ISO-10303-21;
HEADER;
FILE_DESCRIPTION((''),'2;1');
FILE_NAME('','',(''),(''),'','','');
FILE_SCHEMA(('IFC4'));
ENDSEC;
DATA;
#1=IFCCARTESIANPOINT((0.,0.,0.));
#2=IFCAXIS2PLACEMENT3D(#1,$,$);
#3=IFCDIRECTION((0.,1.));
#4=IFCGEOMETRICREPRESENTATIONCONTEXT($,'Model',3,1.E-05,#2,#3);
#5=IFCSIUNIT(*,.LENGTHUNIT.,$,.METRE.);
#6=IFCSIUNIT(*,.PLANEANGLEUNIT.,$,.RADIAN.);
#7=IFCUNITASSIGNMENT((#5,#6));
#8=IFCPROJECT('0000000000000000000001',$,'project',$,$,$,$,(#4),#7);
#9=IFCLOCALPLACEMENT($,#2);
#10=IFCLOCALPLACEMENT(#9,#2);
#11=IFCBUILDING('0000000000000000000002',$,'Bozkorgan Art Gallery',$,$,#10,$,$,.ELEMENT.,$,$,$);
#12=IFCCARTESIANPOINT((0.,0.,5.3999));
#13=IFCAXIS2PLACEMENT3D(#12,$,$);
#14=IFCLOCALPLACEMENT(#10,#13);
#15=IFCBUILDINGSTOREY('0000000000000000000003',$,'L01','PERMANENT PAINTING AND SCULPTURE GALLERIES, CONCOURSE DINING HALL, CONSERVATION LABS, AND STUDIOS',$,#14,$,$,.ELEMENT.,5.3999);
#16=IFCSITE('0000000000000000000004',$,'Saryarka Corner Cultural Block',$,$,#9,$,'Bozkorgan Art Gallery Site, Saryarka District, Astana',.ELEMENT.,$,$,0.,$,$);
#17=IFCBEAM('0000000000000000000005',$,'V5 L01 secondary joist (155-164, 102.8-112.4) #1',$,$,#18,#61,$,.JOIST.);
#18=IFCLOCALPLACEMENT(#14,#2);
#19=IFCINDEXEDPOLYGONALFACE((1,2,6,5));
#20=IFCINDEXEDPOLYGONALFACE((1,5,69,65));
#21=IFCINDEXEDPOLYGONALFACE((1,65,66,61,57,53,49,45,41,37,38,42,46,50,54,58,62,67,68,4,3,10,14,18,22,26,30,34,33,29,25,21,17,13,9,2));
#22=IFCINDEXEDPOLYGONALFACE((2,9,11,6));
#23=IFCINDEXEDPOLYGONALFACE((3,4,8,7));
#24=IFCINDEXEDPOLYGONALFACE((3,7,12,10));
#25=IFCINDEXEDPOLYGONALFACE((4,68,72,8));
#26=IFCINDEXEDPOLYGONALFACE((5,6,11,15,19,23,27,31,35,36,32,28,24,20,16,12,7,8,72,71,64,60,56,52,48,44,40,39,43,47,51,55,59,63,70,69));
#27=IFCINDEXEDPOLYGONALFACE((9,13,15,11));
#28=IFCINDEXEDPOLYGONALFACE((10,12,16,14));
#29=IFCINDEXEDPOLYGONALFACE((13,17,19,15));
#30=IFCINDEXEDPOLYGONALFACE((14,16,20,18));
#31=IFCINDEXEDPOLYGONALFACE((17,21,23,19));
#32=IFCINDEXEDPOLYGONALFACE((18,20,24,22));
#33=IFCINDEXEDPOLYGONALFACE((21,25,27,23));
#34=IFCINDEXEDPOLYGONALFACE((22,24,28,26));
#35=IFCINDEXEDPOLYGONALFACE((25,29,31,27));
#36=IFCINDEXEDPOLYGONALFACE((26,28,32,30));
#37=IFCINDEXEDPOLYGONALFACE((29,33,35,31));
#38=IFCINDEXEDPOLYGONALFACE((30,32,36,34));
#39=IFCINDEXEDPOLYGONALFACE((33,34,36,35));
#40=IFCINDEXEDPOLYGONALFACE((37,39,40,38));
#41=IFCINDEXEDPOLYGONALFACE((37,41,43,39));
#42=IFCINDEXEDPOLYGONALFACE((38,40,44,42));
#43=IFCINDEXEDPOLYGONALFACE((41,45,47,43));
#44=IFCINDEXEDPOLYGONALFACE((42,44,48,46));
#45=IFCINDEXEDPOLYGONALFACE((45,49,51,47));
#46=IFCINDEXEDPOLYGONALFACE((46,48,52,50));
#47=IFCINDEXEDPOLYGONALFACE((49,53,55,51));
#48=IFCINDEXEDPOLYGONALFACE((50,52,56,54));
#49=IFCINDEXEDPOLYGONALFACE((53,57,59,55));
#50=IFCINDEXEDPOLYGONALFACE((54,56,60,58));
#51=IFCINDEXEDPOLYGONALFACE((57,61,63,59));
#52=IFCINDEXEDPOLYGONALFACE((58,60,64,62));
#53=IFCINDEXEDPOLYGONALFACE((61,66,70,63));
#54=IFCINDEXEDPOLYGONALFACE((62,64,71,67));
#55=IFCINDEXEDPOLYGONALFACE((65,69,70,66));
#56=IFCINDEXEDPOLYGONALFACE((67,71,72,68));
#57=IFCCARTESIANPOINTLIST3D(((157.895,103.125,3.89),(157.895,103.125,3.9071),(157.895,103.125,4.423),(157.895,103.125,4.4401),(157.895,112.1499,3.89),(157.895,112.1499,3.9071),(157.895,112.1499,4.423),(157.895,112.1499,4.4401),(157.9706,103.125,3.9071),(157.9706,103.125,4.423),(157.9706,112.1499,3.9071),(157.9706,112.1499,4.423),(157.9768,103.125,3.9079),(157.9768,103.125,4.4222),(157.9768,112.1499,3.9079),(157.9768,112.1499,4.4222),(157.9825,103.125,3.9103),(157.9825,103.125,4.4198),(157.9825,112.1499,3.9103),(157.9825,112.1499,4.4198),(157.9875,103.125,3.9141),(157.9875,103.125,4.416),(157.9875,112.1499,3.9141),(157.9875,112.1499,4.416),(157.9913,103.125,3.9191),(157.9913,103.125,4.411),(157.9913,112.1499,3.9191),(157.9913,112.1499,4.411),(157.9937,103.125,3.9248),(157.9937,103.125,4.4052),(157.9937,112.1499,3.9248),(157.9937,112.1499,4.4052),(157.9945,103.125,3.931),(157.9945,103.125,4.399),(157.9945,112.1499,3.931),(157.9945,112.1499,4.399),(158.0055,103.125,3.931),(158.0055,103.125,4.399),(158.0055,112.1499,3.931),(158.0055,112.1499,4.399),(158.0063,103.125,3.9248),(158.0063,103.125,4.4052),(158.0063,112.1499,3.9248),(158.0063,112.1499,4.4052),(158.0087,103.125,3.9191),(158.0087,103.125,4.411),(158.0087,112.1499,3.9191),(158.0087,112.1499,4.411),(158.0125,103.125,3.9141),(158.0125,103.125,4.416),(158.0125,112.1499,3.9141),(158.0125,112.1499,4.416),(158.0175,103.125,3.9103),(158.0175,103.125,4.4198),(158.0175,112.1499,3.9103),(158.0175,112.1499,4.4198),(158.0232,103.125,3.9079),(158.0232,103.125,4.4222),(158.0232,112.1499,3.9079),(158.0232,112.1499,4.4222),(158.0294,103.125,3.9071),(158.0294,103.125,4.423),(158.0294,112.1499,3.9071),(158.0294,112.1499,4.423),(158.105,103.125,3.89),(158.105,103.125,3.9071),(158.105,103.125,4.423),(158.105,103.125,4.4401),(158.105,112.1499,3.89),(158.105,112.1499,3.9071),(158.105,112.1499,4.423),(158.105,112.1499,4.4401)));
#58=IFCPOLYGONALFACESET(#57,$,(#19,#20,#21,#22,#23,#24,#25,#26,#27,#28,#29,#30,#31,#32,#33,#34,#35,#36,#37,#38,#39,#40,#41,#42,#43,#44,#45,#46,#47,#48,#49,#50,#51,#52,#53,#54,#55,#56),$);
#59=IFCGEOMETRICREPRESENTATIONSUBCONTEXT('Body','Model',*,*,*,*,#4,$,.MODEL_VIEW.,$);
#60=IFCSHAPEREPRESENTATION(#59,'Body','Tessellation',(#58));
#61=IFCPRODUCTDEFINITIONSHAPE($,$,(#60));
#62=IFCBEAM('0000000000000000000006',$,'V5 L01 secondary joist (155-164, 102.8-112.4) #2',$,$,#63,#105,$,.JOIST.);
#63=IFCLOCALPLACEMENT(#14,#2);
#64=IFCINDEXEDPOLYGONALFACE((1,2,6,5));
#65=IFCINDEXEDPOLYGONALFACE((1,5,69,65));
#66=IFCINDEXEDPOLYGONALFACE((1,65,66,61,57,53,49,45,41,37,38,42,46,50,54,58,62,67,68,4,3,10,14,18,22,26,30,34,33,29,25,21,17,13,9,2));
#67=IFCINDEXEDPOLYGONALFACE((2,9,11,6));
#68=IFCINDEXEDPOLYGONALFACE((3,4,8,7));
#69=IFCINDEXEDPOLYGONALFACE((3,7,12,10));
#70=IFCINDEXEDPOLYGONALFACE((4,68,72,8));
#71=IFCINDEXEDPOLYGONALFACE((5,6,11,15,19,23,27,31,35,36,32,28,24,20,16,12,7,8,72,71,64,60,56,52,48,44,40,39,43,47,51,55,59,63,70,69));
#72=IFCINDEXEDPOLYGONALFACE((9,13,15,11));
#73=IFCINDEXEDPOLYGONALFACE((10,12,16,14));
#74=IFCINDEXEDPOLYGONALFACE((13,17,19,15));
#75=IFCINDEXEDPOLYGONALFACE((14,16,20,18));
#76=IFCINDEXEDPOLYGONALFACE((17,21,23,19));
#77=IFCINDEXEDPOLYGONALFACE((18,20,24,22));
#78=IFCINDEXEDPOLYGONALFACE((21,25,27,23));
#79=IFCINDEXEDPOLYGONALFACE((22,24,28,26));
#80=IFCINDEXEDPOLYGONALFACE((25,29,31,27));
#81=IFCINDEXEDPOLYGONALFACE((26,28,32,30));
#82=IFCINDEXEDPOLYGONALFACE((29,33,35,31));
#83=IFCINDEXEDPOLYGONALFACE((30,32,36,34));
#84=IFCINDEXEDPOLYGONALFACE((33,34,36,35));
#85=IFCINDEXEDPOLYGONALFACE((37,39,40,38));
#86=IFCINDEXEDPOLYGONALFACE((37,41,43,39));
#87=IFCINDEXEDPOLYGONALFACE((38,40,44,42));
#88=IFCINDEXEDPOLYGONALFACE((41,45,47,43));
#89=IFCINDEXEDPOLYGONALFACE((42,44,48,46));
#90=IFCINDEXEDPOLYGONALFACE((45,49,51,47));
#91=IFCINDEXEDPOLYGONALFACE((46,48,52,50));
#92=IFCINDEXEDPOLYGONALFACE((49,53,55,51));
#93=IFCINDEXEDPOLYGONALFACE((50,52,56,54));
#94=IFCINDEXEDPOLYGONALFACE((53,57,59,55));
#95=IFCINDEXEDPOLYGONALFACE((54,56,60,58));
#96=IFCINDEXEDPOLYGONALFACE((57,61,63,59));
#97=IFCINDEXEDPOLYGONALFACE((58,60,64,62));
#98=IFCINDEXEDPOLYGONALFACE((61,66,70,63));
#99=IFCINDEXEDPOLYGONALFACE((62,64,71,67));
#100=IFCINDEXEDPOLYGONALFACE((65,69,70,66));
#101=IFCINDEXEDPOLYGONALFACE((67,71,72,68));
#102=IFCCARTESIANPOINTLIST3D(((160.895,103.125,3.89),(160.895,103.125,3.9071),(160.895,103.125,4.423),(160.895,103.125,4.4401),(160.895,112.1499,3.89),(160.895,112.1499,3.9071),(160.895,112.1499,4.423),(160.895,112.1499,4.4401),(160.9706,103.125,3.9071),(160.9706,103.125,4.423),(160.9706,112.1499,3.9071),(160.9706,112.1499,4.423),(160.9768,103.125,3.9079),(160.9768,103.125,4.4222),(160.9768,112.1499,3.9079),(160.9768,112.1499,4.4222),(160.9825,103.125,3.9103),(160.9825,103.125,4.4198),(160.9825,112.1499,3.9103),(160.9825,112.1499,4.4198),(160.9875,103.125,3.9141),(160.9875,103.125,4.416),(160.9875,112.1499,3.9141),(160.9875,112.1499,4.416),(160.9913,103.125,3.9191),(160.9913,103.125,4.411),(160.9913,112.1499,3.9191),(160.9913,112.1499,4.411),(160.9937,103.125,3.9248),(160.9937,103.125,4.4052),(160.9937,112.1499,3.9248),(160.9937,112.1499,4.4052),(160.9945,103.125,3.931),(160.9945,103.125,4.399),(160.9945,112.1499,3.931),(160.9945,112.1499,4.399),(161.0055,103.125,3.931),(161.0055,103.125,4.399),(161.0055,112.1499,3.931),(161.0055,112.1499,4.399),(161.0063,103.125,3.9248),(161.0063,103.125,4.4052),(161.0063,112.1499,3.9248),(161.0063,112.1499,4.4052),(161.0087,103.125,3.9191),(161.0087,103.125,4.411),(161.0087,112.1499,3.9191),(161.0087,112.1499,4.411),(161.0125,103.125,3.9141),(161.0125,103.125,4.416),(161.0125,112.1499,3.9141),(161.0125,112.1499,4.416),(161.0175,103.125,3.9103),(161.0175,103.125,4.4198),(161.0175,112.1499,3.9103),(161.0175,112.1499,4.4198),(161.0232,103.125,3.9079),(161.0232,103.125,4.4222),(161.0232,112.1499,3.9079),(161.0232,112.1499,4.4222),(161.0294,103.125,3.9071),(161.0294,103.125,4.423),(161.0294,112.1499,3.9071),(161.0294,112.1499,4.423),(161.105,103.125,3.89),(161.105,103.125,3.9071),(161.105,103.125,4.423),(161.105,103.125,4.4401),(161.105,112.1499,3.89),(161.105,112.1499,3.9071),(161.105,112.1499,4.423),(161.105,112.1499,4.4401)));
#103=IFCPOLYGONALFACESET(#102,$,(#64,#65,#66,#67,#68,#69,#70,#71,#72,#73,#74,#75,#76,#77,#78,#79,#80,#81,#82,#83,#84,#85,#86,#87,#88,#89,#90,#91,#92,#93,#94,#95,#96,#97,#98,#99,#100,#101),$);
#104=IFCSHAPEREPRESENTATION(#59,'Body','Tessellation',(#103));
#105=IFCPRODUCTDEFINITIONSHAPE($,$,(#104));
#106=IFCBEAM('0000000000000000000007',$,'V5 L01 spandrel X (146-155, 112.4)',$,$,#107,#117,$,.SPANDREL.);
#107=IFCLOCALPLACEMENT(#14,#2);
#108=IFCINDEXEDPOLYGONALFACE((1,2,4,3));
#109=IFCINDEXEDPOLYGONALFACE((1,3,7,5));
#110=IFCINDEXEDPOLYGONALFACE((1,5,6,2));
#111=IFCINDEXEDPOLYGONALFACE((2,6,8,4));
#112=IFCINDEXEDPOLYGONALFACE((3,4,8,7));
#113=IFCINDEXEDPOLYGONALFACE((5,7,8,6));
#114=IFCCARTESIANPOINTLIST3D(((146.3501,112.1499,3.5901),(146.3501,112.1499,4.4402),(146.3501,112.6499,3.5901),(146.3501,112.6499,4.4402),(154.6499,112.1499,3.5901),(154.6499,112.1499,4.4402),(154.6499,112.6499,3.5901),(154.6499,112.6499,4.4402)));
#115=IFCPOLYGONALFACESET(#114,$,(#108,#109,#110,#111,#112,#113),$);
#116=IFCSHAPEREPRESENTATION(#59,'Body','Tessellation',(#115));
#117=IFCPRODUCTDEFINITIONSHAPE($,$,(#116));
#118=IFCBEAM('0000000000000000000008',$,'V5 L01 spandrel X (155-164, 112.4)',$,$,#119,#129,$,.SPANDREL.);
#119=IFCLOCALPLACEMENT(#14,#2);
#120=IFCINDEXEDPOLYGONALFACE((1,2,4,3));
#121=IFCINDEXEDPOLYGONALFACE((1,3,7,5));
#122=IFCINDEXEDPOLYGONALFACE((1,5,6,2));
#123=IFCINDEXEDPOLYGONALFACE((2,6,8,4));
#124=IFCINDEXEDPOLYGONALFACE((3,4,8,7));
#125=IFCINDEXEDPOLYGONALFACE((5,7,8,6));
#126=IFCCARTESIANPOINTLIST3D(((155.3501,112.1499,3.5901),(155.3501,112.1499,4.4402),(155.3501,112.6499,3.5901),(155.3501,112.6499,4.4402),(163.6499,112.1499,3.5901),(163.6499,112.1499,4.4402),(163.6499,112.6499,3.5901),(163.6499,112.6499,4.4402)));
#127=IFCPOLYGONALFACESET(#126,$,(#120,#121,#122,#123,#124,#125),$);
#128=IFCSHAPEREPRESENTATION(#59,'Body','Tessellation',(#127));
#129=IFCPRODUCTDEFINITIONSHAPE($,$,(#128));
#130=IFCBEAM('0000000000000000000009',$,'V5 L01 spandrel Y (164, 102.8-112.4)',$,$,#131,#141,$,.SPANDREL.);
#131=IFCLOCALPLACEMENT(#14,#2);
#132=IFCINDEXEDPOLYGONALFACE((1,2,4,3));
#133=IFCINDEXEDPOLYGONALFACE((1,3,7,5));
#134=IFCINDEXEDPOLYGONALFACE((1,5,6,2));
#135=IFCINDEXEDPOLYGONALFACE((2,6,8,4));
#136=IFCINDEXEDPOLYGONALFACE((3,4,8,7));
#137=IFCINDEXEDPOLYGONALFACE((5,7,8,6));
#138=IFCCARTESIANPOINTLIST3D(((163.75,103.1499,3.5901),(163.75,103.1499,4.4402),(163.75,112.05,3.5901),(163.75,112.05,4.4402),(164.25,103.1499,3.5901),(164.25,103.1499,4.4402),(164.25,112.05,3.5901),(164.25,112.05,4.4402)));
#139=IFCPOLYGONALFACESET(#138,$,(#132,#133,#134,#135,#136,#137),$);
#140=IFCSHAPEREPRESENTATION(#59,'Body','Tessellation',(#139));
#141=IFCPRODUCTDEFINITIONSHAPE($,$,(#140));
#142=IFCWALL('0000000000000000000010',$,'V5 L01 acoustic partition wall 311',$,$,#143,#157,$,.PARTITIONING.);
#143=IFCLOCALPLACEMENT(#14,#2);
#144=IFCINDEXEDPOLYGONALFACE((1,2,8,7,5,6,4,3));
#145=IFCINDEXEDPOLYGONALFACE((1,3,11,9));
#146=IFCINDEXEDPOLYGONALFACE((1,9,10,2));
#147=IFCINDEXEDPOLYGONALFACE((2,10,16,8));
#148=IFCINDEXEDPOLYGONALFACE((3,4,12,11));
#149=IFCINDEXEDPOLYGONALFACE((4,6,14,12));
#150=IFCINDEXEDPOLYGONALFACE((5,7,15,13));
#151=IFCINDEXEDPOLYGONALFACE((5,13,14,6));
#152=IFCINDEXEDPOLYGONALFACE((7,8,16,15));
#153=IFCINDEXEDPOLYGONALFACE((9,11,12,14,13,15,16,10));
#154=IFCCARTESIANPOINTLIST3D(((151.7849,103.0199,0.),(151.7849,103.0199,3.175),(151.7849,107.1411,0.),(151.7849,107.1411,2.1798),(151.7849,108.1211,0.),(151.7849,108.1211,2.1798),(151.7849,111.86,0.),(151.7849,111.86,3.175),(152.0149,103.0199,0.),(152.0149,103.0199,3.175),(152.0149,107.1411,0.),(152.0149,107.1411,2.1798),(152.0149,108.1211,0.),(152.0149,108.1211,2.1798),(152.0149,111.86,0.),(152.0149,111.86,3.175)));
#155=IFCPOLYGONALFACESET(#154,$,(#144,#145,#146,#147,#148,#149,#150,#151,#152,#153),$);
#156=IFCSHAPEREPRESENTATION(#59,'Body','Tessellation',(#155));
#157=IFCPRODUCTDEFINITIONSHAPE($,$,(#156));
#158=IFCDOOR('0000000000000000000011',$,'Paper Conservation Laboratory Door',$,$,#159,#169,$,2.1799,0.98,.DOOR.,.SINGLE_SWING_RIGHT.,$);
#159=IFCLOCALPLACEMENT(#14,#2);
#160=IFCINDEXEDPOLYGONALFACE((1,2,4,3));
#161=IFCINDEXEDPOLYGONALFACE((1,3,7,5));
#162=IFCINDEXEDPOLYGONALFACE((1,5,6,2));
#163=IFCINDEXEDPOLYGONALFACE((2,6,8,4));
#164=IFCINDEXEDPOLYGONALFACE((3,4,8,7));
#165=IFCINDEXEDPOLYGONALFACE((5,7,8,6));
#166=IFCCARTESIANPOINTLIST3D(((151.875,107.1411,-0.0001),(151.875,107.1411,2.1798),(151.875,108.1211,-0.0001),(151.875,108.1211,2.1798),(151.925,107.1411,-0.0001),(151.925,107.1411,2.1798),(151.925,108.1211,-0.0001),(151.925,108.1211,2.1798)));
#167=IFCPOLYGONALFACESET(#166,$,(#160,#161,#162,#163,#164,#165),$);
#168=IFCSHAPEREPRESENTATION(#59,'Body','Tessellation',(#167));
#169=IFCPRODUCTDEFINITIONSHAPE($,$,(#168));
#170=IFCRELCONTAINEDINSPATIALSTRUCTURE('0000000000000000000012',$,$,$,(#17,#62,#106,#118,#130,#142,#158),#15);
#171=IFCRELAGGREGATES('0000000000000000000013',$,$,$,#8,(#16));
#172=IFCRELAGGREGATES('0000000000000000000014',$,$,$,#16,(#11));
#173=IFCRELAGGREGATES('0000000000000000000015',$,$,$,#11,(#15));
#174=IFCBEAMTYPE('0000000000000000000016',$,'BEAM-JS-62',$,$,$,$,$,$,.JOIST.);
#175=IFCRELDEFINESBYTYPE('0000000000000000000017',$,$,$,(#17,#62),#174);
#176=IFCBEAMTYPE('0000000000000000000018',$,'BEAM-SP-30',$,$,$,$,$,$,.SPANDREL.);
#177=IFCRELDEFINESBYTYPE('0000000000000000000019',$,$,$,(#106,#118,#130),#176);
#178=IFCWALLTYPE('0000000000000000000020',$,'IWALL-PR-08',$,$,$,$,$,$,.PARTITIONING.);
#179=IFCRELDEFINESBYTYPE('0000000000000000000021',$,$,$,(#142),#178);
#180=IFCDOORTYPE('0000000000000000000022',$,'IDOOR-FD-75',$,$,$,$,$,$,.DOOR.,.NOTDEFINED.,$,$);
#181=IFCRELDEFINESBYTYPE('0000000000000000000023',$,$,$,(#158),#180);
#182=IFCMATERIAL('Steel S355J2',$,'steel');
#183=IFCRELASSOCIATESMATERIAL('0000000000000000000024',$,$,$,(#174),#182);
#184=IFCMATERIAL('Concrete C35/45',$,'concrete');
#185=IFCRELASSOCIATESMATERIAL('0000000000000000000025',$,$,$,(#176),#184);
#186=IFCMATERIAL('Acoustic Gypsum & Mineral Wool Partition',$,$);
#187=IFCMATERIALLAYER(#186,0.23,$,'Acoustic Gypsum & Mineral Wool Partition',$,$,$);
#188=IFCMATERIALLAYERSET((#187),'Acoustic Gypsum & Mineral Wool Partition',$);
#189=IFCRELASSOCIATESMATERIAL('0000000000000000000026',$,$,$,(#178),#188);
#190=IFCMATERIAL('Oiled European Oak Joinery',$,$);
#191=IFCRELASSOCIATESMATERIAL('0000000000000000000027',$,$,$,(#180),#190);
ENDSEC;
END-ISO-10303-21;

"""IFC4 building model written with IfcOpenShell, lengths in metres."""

from ifc_helpers import new_model, si_unit, direction, frame, frame_2d, origin, origin_2d, place, context, subcontext, project, spatial, rectangle, i_section, extrude, material, layer, layer_set, material_profile, profile_set, type_object, element, fill, save


model = new_model("IFC4")

# Units and contexts
model_context = context("Model", 3, precision=1e-05, world=origin(), true_north=direction((0.0, 1.0)))
body_context = subcontext(model_context, "Body", "Model", "MODEL_VIEW")
ifc_project = project(units=[si_unit("LENGTHUNIT", "METRE"), si_unit("PLANEANGLEUNIT", "RADIAN")], contexts=[model_context])

# Site, building, storey
site_placement = place(None, origin())
site = spatial("IfcSite", under=ifc_project, at=site_placement, Name="Saryarka Corner Cultural Block", LongName="Bozkorgan Art Gallery Site, Saryarka District, Astana", CompositionType="ELEMENT", RefElevation=0.0)
building_placement = place(site_placement, origin())
building = spatial("IfcBuilding", under=site, at=building_placement, Name="Bozkorgan Art Gallery", CompositionType="ELEMENT")
storey_placement = place(building_placement, frame((0.0, 0.0, 5.3999)))
storey = spatial("IfcBuildingStorey", under=building, at=storey_placement, Name="L01", Description="PERMANENT PAINTING AND SCULPTURE GALLERIES, CONCOURSE DINING HALL, CONSERVATION LABS, AND STUDIOS", CompositionType="ELEMENT", Elevation=5.3999)

# Beams
ifc_material_1 = material(Name="Concrete C35/45", Category="concrete")
ifc_material_2 = material(Name="Steel S355J2", Category="steel")
ifc_material_profile_1 = material_profile(ifc_material_2, i_section(OverallWidth=0.21, OverallDepth=0.55, WebThickness=0.011, FlangeThickness=0.0171, FilletRadius=0.0239, at=origin_2d()), Name="IPE 550")
ifc_profile_set_1 = profile_set([ifc_material_profile_1], Name="Steel S355J2")
beam_type_1 = type_object("IfcBeamType", Name="BEAM-JS-62", PredefinedType="JOIST", material=ifc_profile_set_1)
for number, where, z_axis, x_axis, name in (
    (1, (158.0, 103.125, 4.165), (0.0, 1.0, 0.0), (-1.0, 0.0, 0.0), "V5 L01 secondary joist (155-164, 102.8-112.4) #1"),
    (2, (161.0, 103.125, 4.165), (0.0, 1.0, 0.0), (-1.0, 0.0, 0.0), "V5 L01 secondary joist (155-164, 102.8-112.4) #2"),
):
    element("IfcBeam", number, at=place(storey_placement, frame(where, z_axis=z_axis, x_axis=x_axis)), inside=storey, type_object=beam_type_1, Name=name, PredefinedType="JOIST", context=body_context, shape_type="SweptSolid", body=[
        extrude(i_section(OverallWidth=0.21, OverallDepth=0.55, WebThickness=0.011, FlangeThickness=0.0171, FilletRadius=0.0239, at=origin_2d()), origin(), (0.0, 0.0, 1.0), 9.0249),
    ])
ifc_material_profile_2 = material_profile(ifc_material_1, rectangle(XDim=0.5, YDim=0.8501, at=origin_2d()), Name="RC 500x850")
ifc_profile_set_2 = profile_set([ifc_material_profile_2], Name="Concrete C35/45")
beam_type_2 = type_object("IfcBeamType", Name="BEAM-SP-30", PredefinedType="SPANDREL", material=ifc_profile_set_2)
for number, where, z_axis, x_axis, name in (
    (3, (146.3501, 112.3999, 4.0151), (1.0, 0.0, 0.0), (0.0, 1.0, 0.0), "V5 L01 spandrel X (146-155, 112.4)"),
    (4, (155.3501, 112.3999, 4.0151), (1.0, 0.0, 0.0), (0.0, 1.0, 0.0), "V5 L01 spandrel X (155-164, 112.4)"),
):
    element("IfcBeam", number, at=place(storey_placement, frame(where, z_axis=z_axis, x_axis=x_axis)), inside=storey, type_object=beam_type_2, Name=name, PredefinedType="SPANDREL", context=body_context, shape_type="SweptSolid", body=[
        extrude(rectangle(XDim=0.5, YDim=0.8501, at=origin_2d()), origin(), (0.0, 0.0, 1.0), 8.2998),
    ])
beam_1_placement = place(storey_placement, frame((164.0, 103.1499, 4.0151), z_axis=(0.0, 1.0, 0.0), x_axis=(-1.0, 0.0, 0.0)))
element("IfcBeam", 5, at=beam_1_placement, inside=storey, type_object=beam_type_2, Name="V5 L01 spandrel Y (164, 102.8-112.4)", PredefinedType="SPANDREL", context=body_context, shape_type="SweptSolid", body=[
    extrude(rectangle(XDim=0.5, YDim=0.8501, at=origin_2d()), origin(), (0.0, 0.0, 1.0), 8.9001),
])

# Wall, opening, door
ifc_material_3 = material(Name="Acoustic Gypsum & Mineral Wool Partition")
ifc_layer_1 = layer(ifc_material_3, 0.23, Name="Acoustic Gypsum & Mineral Wool Partition")
ifc_layer_set_1 = layer_set([ifc_layer_1], Name="Acoustic Gypsum & Mineral Wool Partition")
wall_type_1 = type_object("IfcWallType", Name="IWALL-PR-08", PredefinedType="PARTITIONING", material=ifc_layer_set_1)
wall_1_placement = place(storey_placement, frame((151.8999, 103.02, 0.0), z_axis=(0.0, 0.0, 1.0), x_axis=(0.0, 1.0, 0.0)))
wall_1 = element("IfcWall", 6, at=wall_1_placement, inside=storey, type_object=wall_type_1, Name="V5 L01 acoustic partition wall 311", PredefinedType="PARTITIONING", context=body_context, shape_type="SweptSolid", body=[
    extrude(rectangle(XDim=8.8401, YDim=0.23, at=frame_2d((4.4199, 0.0))), origin(), (0.0, 0.0, 1.0), 3.175),
])
opening_1_placement = place(wall_1_placement, frame((4.1211, 0.0, 0.0)))
opening_1 = element("IfcOpeningElement", 7, at=opening_1_placement, cuts=wall_1, PredefinedType="OPENING", context=body_context, shape_type="SweptSolid", body=[
    extrude(rectangle(XDim=0.98, YDim=2.1799, at=frame_2d((0.49, 1.0898))), frame((0.0, 0.125, 0.0), z_axis=(0.0, -1.0, 0.0), x_axis=(1.0, 0.0, 0.0)), (0.0, 0.0, 1.0), 0.25),
])
ifc_material_4 = material(Name="Oiled European Oak Joinery")
door_type_1 = type_object("IfcDoorType", Name="IDOOR-FD-75", OperationType="NOTDEFINED", PredefinedType="DOOR", material=ifc_material_4)
door_1_placement = place(opening_1_placement, origin())
door_1 = element("IfcDoor", 8, at=door_1_placement, inside=storey, type_object=door_type_1, Name="Paper Conservation Laboratory Door", OperationType="SINGLE_SWING_RIGHT", OverallHeight=2.1799, OverallWidth=0.98, PredefinedType="DOOR", context=body_context, shape_type="SweptSolid", body=[
    extrude(rectangle(XDim=0.98, YDim=2.1799, at=frame_2d((0.49, 1.0898))), frame((0.0, 0.0249, 0.0), z_axis=(0.0, -1.0, 0.0), x_axis=(1.0, 0.0, 0.0)), (0.0, 0.0, 1.0), 0.05),
])
fill(opening_1, door_1)

save(model, "model.ifc")
